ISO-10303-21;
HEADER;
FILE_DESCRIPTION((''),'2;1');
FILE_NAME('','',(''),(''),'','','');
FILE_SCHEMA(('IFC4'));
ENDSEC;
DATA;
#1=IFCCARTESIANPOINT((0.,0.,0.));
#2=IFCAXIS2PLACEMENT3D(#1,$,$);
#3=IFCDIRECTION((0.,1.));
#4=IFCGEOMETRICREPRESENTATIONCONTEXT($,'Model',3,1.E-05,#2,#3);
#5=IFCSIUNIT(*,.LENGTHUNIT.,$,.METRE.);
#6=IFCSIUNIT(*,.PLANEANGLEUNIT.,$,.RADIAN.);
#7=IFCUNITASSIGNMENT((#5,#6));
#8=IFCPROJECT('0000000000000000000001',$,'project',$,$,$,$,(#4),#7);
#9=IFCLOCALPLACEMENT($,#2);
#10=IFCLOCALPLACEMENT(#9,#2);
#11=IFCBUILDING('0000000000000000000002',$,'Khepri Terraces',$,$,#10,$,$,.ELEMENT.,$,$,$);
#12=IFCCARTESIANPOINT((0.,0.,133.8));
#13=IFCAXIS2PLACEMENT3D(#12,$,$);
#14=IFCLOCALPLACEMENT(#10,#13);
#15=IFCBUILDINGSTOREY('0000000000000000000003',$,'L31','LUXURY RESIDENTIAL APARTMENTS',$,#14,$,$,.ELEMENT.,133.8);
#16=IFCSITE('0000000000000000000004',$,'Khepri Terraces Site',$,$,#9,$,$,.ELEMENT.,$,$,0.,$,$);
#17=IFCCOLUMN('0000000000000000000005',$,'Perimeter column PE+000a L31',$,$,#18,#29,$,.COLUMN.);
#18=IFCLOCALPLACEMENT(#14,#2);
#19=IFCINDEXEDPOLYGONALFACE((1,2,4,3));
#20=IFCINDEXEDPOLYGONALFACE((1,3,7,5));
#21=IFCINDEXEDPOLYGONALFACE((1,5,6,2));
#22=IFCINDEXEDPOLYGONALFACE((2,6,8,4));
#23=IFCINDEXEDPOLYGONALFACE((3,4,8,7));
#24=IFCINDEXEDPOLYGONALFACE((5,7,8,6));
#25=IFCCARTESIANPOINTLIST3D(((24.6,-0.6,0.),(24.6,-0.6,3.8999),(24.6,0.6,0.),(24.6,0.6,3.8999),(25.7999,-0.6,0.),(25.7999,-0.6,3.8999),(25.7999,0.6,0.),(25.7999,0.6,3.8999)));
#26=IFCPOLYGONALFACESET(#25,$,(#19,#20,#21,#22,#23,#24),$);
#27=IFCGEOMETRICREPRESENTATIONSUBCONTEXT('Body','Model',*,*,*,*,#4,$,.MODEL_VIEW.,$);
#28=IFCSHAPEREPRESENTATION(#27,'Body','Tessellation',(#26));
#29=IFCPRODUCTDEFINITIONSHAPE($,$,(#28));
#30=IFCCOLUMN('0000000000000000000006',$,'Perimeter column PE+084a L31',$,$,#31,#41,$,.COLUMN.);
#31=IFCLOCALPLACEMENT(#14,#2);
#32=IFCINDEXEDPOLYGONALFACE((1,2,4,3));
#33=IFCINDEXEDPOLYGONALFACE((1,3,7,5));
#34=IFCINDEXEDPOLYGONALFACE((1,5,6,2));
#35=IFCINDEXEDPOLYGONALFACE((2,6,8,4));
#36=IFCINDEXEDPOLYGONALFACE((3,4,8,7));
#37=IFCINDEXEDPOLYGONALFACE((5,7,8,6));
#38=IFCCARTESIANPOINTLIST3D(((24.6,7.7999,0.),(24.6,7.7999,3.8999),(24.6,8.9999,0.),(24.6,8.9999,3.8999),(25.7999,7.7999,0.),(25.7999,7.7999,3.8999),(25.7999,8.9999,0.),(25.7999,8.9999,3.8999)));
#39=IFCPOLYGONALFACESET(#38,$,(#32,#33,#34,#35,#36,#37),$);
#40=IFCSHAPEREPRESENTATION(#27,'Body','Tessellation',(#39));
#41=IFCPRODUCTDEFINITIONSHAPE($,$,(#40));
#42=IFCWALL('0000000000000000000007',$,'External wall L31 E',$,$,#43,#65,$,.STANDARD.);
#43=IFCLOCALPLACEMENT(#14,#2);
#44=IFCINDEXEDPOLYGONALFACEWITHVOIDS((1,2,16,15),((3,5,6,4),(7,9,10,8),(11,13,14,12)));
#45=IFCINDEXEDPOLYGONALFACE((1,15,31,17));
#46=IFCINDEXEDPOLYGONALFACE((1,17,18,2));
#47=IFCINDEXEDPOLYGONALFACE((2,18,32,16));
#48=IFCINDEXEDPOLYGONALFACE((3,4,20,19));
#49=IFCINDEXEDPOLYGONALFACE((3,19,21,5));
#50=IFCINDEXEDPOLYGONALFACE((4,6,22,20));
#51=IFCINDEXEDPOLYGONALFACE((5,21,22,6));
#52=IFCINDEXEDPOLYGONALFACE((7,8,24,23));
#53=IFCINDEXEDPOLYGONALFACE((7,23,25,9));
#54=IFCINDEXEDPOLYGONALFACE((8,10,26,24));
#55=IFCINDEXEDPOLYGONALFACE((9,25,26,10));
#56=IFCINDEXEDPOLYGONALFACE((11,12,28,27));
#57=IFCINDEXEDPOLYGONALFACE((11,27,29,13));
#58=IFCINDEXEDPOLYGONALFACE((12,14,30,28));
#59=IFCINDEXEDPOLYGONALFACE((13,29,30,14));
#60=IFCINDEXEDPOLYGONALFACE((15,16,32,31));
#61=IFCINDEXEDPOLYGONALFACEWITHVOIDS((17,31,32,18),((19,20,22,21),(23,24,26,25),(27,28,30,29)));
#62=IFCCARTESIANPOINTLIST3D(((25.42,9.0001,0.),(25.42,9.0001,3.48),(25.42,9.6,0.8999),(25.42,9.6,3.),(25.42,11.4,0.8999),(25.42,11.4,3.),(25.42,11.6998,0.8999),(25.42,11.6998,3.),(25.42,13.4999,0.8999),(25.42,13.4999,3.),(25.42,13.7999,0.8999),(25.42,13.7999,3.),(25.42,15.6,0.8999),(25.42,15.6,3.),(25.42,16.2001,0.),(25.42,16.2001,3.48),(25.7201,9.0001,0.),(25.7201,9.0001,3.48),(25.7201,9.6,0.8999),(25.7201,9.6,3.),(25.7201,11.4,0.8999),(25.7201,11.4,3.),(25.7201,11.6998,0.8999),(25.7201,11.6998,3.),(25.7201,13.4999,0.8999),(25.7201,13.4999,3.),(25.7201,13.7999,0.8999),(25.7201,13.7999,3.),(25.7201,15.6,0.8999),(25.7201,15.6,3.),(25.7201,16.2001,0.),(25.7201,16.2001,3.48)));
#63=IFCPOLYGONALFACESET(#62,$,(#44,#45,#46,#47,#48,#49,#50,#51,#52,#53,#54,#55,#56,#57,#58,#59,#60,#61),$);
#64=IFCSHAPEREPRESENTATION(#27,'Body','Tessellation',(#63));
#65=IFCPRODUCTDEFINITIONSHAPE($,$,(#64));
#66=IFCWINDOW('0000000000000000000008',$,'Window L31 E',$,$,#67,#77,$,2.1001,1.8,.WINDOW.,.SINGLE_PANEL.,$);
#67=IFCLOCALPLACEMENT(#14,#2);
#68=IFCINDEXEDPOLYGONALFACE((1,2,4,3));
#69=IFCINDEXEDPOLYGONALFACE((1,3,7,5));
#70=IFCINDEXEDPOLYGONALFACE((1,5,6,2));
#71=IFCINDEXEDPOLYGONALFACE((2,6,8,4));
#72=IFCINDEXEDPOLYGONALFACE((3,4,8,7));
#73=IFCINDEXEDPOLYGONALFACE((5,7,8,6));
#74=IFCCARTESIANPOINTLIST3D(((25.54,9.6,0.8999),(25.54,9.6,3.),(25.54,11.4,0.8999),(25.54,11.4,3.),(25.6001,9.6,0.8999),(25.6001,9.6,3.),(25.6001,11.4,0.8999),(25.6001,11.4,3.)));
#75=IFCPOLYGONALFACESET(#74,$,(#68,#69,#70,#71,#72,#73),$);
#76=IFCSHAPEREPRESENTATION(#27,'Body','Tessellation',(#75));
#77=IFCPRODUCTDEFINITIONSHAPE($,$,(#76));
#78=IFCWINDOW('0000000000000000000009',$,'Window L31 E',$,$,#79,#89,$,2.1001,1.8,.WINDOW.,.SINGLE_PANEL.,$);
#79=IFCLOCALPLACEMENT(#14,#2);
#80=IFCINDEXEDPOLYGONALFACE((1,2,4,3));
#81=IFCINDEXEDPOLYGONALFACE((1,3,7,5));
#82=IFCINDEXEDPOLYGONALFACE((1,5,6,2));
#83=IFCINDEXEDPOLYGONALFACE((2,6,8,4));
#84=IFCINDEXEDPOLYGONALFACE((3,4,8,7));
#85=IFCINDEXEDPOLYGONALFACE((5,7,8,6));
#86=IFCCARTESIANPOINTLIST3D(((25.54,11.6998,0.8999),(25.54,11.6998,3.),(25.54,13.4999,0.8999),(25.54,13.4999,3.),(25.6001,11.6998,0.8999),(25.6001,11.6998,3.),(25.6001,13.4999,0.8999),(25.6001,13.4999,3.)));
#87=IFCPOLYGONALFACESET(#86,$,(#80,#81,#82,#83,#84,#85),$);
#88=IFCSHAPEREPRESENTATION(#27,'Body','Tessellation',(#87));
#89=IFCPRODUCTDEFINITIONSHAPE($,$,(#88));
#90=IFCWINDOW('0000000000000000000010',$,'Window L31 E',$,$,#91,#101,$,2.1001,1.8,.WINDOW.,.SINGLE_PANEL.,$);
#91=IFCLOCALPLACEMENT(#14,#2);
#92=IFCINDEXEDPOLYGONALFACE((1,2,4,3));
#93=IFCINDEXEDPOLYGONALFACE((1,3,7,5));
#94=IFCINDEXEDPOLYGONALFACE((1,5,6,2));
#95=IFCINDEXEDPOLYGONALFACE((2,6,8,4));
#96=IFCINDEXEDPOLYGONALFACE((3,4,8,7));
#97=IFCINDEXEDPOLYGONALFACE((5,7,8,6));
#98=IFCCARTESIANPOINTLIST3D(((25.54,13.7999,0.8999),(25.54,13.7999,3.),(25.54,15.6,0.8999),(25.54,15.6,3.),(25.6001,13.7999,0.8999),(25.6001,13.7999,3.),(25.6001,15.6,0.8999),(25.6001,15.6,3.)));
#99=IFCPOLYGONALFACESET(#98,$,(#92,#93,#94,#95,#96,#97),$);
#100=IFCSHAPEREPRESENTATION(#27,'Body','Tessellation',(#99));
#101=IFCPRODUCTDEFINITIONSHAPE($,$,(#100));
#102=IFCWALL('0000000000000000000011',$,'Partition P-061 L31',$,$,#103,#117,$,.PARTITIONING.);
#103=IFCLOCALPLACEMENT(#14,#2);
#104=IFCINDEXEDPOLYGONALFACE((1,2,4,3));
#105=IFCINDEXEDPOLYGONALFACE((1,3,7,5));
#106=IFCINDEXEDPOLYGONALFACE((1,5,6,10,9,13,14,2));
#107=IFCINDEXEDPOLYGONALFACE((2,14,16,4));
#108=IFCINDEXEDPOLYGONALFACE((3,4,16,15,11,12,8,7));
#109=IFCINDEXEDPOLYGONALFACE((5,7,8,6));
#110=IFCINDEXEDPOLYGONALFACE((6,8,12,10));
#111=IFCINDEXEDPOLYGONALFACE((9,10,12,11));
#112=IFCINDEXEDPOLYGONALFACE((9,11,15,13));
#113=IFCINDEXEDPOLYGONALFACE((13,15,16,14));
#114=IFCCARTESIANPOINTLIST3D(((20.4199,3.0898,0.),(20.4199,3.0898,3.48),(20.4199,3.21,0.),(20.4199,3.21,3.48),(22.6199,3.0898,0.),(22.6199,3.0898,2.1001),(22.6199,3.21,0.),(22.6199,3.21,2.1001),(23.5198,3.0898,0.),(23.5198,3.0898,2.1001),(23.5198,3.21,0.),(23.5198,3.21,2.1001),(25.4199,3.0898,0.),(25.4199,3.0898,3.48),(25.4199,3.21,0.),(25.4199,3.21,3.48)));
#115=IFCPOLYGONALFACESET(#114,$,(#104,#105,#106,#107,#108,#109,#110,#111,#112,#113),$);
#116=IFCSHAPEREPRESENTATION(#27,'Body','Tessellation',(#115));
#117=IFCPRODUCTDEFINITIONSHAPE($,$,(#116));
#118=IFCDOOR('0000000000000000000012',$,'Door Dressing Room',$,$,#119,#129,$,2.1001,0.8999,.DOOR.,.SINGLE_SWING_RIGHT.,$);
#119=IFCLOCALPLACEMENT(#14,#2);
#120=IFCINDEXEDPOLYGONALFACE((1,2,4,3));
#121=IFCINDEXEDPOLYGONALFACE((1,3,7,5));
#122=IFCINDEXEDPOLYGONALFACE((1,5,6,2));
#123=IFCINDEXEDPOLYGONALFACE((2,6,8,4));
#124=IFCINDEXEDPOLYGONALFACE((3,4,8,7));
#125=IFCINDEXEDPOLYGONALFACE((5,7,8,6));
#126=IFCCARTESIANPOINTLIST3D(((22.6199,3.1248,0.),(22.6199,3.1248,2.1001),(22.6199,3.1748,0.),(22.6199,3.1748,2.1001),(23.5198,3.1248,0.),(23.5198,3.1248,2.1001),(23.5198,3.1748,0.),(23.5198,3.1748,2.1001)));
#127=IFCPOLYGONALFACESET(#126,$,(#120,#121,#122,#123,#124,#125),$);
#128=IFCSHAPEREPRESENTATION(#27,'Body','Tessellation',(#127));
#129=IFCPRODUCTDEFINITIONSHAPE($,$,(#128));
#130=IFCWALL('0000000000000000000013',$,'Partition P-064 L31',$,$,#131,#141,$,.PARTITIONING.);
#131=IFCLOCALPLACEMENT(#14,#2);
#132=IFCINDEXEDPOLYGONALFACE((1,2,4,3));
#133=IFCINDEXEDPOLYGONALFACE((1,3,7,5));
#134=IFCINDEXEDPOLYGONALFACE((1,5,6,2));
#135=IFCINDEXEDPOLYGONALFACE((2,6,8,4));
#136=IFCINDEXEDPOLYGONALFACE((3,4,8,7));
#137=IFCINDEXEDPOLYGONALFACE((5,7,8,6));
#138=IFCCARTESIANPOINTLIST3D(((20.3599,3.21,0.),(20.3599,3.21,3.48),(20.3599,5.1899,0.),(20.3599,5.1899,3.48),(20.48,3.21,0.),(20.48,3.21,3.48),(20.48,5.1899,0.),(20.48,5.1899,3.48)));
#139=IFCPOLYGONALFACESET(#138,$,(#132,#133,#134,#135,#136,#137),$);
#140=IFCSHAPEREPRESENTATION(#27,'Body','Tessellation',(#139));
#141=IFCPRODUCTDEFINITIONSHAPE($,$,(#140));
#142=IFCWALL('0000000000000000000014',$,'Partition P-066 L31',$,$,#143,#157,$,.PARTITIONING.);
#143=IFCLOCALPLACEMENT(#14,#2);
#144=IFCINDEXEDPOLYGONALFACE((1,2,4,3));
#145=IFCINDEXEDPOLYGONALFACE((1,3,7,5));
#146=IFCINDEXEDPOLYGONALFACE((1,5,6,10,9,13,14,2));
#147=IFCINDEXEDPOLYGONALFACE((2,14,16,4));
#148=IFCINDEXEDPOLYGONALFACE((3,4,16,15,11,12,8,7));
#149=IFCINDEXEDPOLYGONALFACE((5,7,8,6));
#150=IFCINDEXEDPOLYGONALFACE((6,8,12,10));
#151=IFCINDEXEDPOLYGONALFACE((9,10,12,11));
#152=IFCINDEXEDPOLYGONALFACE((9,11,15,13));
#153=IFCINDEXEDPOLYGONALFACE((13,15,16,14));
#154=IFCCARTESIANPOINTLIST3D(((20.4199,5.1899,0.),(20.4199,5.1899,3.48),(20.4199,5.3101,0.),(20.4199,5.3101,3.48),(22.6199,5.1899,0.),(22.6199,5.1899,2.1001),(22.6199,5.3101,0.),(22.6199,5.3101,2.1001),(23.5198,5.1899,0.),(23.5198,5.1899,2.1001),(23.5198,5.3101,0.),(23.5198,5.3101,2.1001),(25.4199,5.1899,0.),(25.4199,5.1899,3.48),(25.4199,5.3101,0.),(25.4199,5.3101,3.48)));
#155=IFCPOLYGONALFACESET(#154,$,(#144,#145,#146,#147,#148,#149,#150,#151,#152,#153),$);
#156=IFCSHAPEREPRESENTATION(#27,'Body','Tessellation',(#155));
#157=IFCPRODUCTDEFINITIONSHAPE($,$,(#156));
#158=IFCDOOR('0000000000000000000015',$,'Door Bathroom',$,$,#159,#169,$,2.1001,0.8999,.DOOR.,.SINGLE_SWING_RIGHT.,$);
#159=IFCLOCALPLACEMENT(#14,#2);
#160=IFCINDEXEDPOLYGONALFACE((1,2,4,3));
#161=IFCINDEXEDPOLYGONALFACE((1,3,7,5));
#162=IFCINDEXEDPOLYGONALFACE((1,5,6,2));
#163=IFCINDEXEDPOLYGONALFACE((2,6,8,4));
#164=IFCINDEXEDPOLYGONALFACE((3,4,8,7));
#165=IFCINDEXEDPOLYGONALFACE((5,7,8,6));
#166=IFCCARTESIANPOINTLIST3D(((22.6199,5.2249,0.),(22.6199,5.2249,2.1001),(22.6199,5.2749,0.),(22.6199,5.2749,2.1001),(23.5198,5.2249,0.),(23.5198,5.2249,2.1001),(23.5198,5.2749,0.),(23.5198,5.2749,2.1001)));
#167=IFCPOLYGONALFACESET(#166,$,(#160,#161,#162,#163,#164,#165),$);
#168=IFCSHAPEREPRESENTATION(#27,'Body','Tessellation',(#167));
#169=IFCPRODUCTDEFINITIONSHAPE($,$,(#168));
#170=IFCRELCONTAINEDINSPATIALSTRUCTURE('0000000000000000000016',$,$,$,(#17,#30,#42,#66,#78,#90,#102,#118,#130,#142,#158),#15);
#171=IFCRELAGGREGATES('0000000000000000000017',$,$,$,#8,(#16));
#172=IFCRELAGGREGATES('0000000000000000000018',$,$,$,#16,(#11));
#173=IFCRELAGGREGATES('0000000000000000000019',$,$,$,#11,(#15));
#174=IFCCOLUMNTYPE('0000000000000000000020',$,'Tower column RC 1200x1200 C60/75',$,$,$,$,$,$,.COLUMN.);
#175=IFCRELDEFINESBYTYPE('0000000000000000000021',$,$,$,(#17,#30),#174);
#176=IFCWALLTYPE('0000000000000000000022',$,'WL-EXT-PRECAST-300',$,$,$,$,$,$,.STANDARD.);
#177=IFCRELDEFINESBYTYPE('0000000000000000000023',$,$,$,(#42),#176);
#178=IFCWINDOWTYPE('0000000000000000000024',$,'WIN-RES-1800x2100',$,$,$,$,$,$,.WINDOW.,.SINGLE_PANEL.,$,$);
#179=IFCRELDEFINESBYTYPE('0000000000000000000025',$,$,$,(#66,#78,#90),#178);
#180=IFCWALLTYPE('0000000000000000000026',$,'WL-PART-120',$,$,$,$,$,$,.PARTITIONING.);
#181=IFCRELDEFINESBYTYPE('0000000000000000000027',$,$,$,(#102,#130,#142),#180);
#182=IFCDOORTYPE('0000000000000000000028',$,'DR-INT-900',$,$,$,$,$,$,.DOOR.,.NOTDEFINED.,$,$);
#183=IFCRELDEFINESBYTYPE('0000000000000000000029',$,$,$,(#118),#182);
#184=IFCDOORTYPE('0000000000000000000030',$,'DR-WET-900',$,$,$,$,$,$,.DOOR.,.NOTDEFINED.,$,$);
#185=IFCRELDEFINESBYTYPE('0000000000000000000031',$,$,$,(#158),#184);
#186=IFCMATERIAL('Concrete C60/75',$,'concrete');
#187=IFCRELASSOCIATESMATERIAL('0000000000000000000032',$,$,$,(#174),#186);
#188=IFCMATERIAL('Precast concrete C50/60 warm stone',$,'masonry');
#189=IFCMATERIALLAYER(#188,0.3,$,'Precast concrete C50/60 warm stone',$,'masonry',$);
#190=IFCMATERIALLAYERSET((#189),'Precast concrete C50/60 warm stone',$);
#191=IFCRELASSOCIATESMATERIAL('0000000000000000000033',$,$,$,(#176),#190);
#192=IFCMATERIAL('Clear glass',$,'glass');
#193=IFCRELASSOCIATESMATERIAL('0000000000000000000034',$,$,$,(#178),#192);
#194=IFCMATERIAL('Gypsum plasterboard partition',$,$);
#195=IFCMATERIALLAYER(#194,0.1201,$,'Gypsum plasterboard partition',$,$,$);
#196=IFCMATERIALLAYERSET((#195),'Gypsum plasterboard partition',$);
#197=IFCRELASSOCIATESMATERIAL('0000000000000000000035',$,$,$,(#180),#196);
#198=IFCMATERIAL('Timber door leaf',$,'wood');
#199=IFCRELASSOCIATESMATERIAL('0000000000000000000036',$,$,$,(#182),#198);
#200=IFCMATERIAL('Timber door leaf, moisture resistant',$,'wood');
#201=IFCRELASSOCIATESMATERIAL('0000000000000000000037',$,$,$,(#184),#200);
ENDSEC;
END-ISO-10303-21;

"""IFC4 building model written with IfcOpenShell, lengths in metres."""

from ifc_helpers import new_model, si_unit, direction, frame, frame_2d, origin, origin_2d, place, context, subcontext, project, spatial, rectangle, extrude, material, layer, layer_set, material_profile, profile_set, type_object, element, fill, save


model = new_model("IFC4")

# Units and contexts
model_context = context("Model", 3, precision=1e-05, world=origin(), true_north=direction((0.0, 1.0)))
body_context = subcontext(model_context, "Body", "Model", "MODEL_VIEW")
ifc_project = project(units=[si_unit("LENGTHUNIT", "METRE"), si_unit("PLANEANGLEUNIT", "RADIAN")], contexts=[model_context])

# Site, building, storey
site_placement = place(None, origin())
site = spatial("IfcSite", under=ifc_project, at=site_placement, Name="Khepri Terraces Site", CompositionType="ELEMENT", RefElevation=0.0)
building_placement = place(site_placement, origin())
building = spatial("IfcBuilding", under=site, at=building_placement, Name="Khepri Terraces", CompositionType="ELEMENT")
storey_placement = place(building_placement, frame((0.0, 0.0, 133.8)))
storey = spatial("IfcBuildingStorey", under=building, at=storey_placement, Name="L31", Description="LUXURY RESIDENTIAL APARTMENTS", CompositionType="ELEMENT", Elevation=133.8)

# Columns
ifc_material_1 = material(Name="Concrete C60/75", Category="concrete")
ifc_material_profile = material_profile(ifc_material_1, rectangle(XDim=1.2, YDim=1.2, at=origin_2d()), Name="Concrete C60/75", Category="concrete")
ifc_profile_set = profile_set([ifc_material_profile], Name="Concrete C60/75")
column_type = type_object("IfcColumnType", Name="Tower column RC 1200x1200 C60/75", PredefinedType="COLUMN", material=ifc_profile_set)
for number, where, z_axis, x_axis, name in (
    (1, (25.2, 0.0, 0.0), (0.0, 0.0, 1.0), (1.0, 0.0, 0.0), "Perimeter column PE+000a L31"),
    (2, (25.2, 8.3999, 0.0), (0.0, 0.0, 1.0), (1.0, 0.0, 0.0), "Perimeter column PE+084a L31"),
):
    element("IfcColumn", number, at=place(storey_placement, frame(where, z_axis=z_axis, x_axis=x_axis)), inside=storey, type_object=column_type, Name=name, PredefinedType="COLUMN", context=body_context, shape_type="SweptSolid", body=[
        extrude(rectangle(XDim=1.2, YDim=1.2, at=origin_2d()), origin(), (0.0, 0.0, 1.0), 3.8999),
    ])

# Shared definitions
ifc_material_2 = material(Name="Precast concrete C50/60 warm stone", Category="masonry")
ifc_layer_1 = layer(ifc_material_2, 0.3, Name="Precast concrete C50/60 warm stone", Category="masonry")
ifc_layer_set_1 = layer_set([ifc_layer_1], Name="Precast concrete C50/60 warm stone")
wall_type_1 = type_object("IfcWallType", Name="WL-EXT-PRECAST-300", PredefinedType="STANDARD", material=ifc_layer_set_1)
ifc_material_3 = material(Name="Clear glass", Category="glass")
window_type = type_object("IfcWindowType", Name="WIN-RES-1800x2100", PartitioningType="SINGLE_PANEL", PredefinedType="WINDOW", material=ifc_material_3)

# Wall, openings, windows
wall_1_placement = place(storey_placement, frame((25.5701, 9.0, 0.0), z_axis=(0.0, 0.0, 1.0), x_axis=(0.0, 1.0, 0.0)))
wall_1 = element("IfcWall", 3, at=wall_1_placement, inside=storey, type_object=wall_type_1, Name="External wall L31 E", PredefinedType="STANDARD", context=body_context, shape_type="SweptSolid", body=[
    extrude(rectangle(XDim=7.2, YDim=0.3, at=frame_2d((3.6001, 0.0))), origin(), (0.0, 0.0, 1.0), 3.48),
])
opening_1_placement = place(wall_1_placement, frame((0.6001, 0.0, 0.8999)))
opening_1 = element("IfcOpeningElement", 4, at=opening_1_placement, cuts=wall_1, PredefinedType="OPENING", context=body_context, shape_type="SweptSolid", body=[
    extrude(rectangle(XDim=1.8, YDim=2.1001, at=frame_2d((0.8999, 1.05))), frame((0.0, 0.1602, 0.0), z_axis=(0.0, -1.0, 0.0), x_axis=(1.0, 0.0, 0.0)), (0.0, 0.0, 1.0), 0.3201),
])
opening_2_placement = place(wall_1_placement, frame((2.7, 0.0, 0.8999)))
opening_2 = element("IfcOpeningElement", 5, at=opening_2_placement, cuts=wall_1, PredefinedType="OPENING", context=body_context, shape_type="SweptSolid", body=[
    extrude(rectangle(XDim=1.8, YDim=2.1001, at=frame_2d((0.8999, 1.05))), frame((0.0, 0.1602, 0.0), z_axis=(0.0, -1.0, 0.0), x_axis=(1.0, 0.0, 0.0)), (0.0, 0.0, 1.0), 0.3201),
])
opening_3_placement = place(wall_1_placement, frame((4.8, 0.0, 0.8999)))
opening_3 = element("IfcOpeningElement", 6, at=opening_3_placement, cuts=wall_1, PredefinedType="OPENING", context=body_context, shape_type="SweptSolid", body=[
    extrude(rectangle(XDim=1.8, YDim=2.1001, at=frame_2d((0.8999, 1.05))), frame((0.0, 0.1602, 0.0), z_axis=(0.0, -1.0, 0.0), x_axis=(1.0, 0.0, 0.0)), (0.0, 0.0, 1.0), 0.3201),
])
window_1_placement = place(opening_1_placement, origin())
window_1 = element("IfcWindow", 7, at=window_1_placement, inside=storey, type_object=window_type, Name="Window L31 E", OverallHeight=2.1001, OverallWidth=1.8, PartitioningType="SINGLE_PANEL", PredefinedType="WINDOW", context=body_context, shape_type="SweptSolid", body=[
    extrude(rectangle(XDim=1.8, YDim=2.1001, at=frame_2d((0.8999, 1.05))), frame((0.0, 0.03, 0.0), z_axis=(0.0, -1.0, 0.0), x_axis=(1.0, 0.0, 0.0)), (0.0, 0.0, 1.0), 0.0601),
])
fill(opening_1, window_1)
window_2_placement = place(opening_2_placement, origin())
window_2 = element("IfcWindow", 8, at=window_2_placement, inside=storey, type_object=window_type, Name="Window L31 E", OverallHeight=2.1001, OverallWidth=1.8, PartitioningType="SINGLE_PANEL", PredefinedType="WINDOW", context=body_context, shape_type="SweptSolid", body=[
    extrude(rectangle(XDim=1.8, YDim=2.1001, at=frame_2d((0.8999, 1.05))), frame((0.0, 0.03, 0.0), z_axis=(0.0, -1.0, 0.0), x_axis=(1.0, 0.0, 0.0)), (0.0, 0.0, 1.0), 0.0601),
])
fill(opening_2, window_2)
window_3_placement = place(opening_3_placement, origin())
window_3 = element("IfcWindow", 9, at=window_3_placement, inside=storey, type_object=window_type, Name="Window L31 E", OverallHeight=2.1001, OverallWidth=1.8, PartitioningType="SINGLE_PANEL", PredefinedType="WINDOW", context=body_context, shape_type="SweptSolid", body=[
    extrude(rectangle(XDim=1.8, YDim=2.1001, at=frame_2d((0.8999, 1.05))), frame((0.0, 0.03, 0.0), z_axis=(0.0, -1.0, 0.0), x_axis=(1.0, 0.0, 0.0)), (0.0, 0.0, 1.0), 0.0601),
])
fill(opening_3, window_3)

# Wall, opening, door
ifc_material_4 = material(Name="Gypsum plasterboard partition")
ifc_layer_2 = layer(ifc_material_4, 0.1201, Name="Gypsum plasterboard partition")
ifc_layer_set_2 = layer_set([ifc_layer_2], Name="Gypsum plasterboard partition")
wall_type_2 = type_object("IfcWallType", Name="WL-PART-120", PredefinedType="PARTITIONING", material=ifc_layer_set_2)
wall_2_placement = place(storey_placement, frame((20.4199, 3.1499, 0.0), z_axis=(0.0, 0.0, 1.0), x_axis=(1.0, 0.0, 0.0)))
wall_2 = element("IfcWall", 10, at=wall_2_placement, inside=storey, type_object=wall_type_2, Name="Partition P-061 L31", PredefinedType="PARTITIONING", context=body_context, shape_type="SweptSolid", body=[
    extrude(rectangle(XDim=5.0, YDim=0.1201, at=frame_2d((2.5, 0.0))), origin(), (0.0, 0.0, 1.0), 3.48),
])
opening_4_placement = place(wall_2_placement, frame((2.2, 0.0, 0.0)))
opening_4 = element("IfcOpeningElement", 11, at=opening_4_placement, cuts=wall_2, PredefinedType="OPENING", context=body_context, shape_type="SweptSolid", body=[
    extrude(rectangle(XDim=0.8999, YDim=2.1001, at=frame_2d((0.45, 1.05))), frame((0.0, 0.0701, 0.0), z_axis=(0.0, -1.0, 0.0), x_axis=(1.0, 0.0, 0.0)), (0.0, 0.0, 1.0), 0.1401),
])
ifc_material_5 = material(Name="Timber door leaf", Category="wood")
door_type_1 = type_object("IfcDoorType", Name="DR-INT-900", OperationType="NOTDEFINED", PredefinedType="DOOR", material=ifc_material_5)
door_1_placement = place(opening_4_placement, origin())
door_1 = element("IfcDoor", 12, at=door_1_placement, inside=storey, type_object=door_type_1, Name="Door Dressing Room", OperationType="SINGLE_SWING_RIGHT", OverallHeight=2.1001, OverallWidth=0.8999, PredefinedType="DOOR", context=body_context, shape_type="SweptSolid", body=[
    extrude(rectangle(XDim=0.8999, YDim=2.1001, at=frame_2d((0.45, 1.05))), frame((0.0, 0.0249, 0.0), z_axis=(0.0, -1.0, 0.0), x_axis=(1.0, 0.0, 0.0)), (0.0, 0.0, 1.0), 0.05),
])
fill(opening_4, door_1)

# Wall
wall_3_placement = place(storey_placement, frame((20.4199, 3.21, 0.0), z_axis=(0.0, 0.0, 1.0), x_axis=(0.0, 1.0, 0.0)))
element("IfcWall", 13, at=wall_3_placement, inside=storey, type_object=wall_type_2, Name="Partition P-064 L31", PredefinedType="PARTITIONING", context=body_context, shape_type="SweptSolid", body=[
    extrude(rectangle(XDim=1.98, YDim=0.1201, at=frame_2d((0.99, 0.0))), origin(), (0.0, 0.0, 1.0), 3.48),
])

# Wall, opening, door
wall_4_placement = place(storey_placement, frame((20.4199, 5.25, 0.0), z_axis=(0.0, 0.0, 1.0), x_axis=(1.0, 0.0, 0.0)))
wall_4 = element("IfcWall", 14, at=wall_4_placement, inside=storey, type_object=wall_type_2, Name="Partition P-066 L31", PredefinedType="PARTITIONING", context=body_context, shape_type="SweptSolid", body=[
    extrude(rectangle(XDim=5.0, YDim=0.1201, at=frame_2d((2.5, 0.0))), origin(), (0.0, 0.0, 1.0), 3.48),
])
opening_5_placement = place(wall_4_placement, frame((2.2, 0.0, 0.0)))
opening_5 = element("IfcOpeningElement", 15, at=opening_5_placement, cuts=wall_4, PredefinedType="OPENING", context=body_context, shape_type="SweptSolid", body=[
    extrude(rectangle(XDim=0.8999, YDim=2.1001, at=frame_2d((0.45, 1.05))), frame((0.0, 0.0701, 0.0), z_axis=(0.0, -1.0, 0.0), x_axis=(1.0, 0.0, 0.0)), (0.0, 0.0, 1.0), 0.1401),
])
ifc_material_6 = material(Name="Timber door leaf, moisture resistant", Category="wood")
door_type_2 = type_object("IfcDoorType", Name="DR-WET-900", OperationType="NOTDEFINED", PredefinedType="DOOR", material=ifc_material_6)
door_2_placement = place(opening_5_placement, origin())
door_2 = element("IfcDoor", 16, at=door_2_placement, inside=storey, type_object=door_type_2, Name="Door Bathroom", OperationType="SINGLE_SWING_RIGHT", OverallHeight=2.1001, OverallWidth=0.8999, PredefinedType="DOOR", context=body_context, shape_type="SweptSolid", body=[
    extrude(rectangle(XDim=0.8999, YDim=2.1001, at=frame_2d((0.45, 1.05))), frame((0.0, 0.0249, 0.0), z_axis=(0.0, -1.0, 0.0), x_axis=(1.0, 0.0, 0.0)), (0.0, 0.0, 1.0), 0.05),
])
fill(opening_5, door_2)

save(model, "model.ifc")
